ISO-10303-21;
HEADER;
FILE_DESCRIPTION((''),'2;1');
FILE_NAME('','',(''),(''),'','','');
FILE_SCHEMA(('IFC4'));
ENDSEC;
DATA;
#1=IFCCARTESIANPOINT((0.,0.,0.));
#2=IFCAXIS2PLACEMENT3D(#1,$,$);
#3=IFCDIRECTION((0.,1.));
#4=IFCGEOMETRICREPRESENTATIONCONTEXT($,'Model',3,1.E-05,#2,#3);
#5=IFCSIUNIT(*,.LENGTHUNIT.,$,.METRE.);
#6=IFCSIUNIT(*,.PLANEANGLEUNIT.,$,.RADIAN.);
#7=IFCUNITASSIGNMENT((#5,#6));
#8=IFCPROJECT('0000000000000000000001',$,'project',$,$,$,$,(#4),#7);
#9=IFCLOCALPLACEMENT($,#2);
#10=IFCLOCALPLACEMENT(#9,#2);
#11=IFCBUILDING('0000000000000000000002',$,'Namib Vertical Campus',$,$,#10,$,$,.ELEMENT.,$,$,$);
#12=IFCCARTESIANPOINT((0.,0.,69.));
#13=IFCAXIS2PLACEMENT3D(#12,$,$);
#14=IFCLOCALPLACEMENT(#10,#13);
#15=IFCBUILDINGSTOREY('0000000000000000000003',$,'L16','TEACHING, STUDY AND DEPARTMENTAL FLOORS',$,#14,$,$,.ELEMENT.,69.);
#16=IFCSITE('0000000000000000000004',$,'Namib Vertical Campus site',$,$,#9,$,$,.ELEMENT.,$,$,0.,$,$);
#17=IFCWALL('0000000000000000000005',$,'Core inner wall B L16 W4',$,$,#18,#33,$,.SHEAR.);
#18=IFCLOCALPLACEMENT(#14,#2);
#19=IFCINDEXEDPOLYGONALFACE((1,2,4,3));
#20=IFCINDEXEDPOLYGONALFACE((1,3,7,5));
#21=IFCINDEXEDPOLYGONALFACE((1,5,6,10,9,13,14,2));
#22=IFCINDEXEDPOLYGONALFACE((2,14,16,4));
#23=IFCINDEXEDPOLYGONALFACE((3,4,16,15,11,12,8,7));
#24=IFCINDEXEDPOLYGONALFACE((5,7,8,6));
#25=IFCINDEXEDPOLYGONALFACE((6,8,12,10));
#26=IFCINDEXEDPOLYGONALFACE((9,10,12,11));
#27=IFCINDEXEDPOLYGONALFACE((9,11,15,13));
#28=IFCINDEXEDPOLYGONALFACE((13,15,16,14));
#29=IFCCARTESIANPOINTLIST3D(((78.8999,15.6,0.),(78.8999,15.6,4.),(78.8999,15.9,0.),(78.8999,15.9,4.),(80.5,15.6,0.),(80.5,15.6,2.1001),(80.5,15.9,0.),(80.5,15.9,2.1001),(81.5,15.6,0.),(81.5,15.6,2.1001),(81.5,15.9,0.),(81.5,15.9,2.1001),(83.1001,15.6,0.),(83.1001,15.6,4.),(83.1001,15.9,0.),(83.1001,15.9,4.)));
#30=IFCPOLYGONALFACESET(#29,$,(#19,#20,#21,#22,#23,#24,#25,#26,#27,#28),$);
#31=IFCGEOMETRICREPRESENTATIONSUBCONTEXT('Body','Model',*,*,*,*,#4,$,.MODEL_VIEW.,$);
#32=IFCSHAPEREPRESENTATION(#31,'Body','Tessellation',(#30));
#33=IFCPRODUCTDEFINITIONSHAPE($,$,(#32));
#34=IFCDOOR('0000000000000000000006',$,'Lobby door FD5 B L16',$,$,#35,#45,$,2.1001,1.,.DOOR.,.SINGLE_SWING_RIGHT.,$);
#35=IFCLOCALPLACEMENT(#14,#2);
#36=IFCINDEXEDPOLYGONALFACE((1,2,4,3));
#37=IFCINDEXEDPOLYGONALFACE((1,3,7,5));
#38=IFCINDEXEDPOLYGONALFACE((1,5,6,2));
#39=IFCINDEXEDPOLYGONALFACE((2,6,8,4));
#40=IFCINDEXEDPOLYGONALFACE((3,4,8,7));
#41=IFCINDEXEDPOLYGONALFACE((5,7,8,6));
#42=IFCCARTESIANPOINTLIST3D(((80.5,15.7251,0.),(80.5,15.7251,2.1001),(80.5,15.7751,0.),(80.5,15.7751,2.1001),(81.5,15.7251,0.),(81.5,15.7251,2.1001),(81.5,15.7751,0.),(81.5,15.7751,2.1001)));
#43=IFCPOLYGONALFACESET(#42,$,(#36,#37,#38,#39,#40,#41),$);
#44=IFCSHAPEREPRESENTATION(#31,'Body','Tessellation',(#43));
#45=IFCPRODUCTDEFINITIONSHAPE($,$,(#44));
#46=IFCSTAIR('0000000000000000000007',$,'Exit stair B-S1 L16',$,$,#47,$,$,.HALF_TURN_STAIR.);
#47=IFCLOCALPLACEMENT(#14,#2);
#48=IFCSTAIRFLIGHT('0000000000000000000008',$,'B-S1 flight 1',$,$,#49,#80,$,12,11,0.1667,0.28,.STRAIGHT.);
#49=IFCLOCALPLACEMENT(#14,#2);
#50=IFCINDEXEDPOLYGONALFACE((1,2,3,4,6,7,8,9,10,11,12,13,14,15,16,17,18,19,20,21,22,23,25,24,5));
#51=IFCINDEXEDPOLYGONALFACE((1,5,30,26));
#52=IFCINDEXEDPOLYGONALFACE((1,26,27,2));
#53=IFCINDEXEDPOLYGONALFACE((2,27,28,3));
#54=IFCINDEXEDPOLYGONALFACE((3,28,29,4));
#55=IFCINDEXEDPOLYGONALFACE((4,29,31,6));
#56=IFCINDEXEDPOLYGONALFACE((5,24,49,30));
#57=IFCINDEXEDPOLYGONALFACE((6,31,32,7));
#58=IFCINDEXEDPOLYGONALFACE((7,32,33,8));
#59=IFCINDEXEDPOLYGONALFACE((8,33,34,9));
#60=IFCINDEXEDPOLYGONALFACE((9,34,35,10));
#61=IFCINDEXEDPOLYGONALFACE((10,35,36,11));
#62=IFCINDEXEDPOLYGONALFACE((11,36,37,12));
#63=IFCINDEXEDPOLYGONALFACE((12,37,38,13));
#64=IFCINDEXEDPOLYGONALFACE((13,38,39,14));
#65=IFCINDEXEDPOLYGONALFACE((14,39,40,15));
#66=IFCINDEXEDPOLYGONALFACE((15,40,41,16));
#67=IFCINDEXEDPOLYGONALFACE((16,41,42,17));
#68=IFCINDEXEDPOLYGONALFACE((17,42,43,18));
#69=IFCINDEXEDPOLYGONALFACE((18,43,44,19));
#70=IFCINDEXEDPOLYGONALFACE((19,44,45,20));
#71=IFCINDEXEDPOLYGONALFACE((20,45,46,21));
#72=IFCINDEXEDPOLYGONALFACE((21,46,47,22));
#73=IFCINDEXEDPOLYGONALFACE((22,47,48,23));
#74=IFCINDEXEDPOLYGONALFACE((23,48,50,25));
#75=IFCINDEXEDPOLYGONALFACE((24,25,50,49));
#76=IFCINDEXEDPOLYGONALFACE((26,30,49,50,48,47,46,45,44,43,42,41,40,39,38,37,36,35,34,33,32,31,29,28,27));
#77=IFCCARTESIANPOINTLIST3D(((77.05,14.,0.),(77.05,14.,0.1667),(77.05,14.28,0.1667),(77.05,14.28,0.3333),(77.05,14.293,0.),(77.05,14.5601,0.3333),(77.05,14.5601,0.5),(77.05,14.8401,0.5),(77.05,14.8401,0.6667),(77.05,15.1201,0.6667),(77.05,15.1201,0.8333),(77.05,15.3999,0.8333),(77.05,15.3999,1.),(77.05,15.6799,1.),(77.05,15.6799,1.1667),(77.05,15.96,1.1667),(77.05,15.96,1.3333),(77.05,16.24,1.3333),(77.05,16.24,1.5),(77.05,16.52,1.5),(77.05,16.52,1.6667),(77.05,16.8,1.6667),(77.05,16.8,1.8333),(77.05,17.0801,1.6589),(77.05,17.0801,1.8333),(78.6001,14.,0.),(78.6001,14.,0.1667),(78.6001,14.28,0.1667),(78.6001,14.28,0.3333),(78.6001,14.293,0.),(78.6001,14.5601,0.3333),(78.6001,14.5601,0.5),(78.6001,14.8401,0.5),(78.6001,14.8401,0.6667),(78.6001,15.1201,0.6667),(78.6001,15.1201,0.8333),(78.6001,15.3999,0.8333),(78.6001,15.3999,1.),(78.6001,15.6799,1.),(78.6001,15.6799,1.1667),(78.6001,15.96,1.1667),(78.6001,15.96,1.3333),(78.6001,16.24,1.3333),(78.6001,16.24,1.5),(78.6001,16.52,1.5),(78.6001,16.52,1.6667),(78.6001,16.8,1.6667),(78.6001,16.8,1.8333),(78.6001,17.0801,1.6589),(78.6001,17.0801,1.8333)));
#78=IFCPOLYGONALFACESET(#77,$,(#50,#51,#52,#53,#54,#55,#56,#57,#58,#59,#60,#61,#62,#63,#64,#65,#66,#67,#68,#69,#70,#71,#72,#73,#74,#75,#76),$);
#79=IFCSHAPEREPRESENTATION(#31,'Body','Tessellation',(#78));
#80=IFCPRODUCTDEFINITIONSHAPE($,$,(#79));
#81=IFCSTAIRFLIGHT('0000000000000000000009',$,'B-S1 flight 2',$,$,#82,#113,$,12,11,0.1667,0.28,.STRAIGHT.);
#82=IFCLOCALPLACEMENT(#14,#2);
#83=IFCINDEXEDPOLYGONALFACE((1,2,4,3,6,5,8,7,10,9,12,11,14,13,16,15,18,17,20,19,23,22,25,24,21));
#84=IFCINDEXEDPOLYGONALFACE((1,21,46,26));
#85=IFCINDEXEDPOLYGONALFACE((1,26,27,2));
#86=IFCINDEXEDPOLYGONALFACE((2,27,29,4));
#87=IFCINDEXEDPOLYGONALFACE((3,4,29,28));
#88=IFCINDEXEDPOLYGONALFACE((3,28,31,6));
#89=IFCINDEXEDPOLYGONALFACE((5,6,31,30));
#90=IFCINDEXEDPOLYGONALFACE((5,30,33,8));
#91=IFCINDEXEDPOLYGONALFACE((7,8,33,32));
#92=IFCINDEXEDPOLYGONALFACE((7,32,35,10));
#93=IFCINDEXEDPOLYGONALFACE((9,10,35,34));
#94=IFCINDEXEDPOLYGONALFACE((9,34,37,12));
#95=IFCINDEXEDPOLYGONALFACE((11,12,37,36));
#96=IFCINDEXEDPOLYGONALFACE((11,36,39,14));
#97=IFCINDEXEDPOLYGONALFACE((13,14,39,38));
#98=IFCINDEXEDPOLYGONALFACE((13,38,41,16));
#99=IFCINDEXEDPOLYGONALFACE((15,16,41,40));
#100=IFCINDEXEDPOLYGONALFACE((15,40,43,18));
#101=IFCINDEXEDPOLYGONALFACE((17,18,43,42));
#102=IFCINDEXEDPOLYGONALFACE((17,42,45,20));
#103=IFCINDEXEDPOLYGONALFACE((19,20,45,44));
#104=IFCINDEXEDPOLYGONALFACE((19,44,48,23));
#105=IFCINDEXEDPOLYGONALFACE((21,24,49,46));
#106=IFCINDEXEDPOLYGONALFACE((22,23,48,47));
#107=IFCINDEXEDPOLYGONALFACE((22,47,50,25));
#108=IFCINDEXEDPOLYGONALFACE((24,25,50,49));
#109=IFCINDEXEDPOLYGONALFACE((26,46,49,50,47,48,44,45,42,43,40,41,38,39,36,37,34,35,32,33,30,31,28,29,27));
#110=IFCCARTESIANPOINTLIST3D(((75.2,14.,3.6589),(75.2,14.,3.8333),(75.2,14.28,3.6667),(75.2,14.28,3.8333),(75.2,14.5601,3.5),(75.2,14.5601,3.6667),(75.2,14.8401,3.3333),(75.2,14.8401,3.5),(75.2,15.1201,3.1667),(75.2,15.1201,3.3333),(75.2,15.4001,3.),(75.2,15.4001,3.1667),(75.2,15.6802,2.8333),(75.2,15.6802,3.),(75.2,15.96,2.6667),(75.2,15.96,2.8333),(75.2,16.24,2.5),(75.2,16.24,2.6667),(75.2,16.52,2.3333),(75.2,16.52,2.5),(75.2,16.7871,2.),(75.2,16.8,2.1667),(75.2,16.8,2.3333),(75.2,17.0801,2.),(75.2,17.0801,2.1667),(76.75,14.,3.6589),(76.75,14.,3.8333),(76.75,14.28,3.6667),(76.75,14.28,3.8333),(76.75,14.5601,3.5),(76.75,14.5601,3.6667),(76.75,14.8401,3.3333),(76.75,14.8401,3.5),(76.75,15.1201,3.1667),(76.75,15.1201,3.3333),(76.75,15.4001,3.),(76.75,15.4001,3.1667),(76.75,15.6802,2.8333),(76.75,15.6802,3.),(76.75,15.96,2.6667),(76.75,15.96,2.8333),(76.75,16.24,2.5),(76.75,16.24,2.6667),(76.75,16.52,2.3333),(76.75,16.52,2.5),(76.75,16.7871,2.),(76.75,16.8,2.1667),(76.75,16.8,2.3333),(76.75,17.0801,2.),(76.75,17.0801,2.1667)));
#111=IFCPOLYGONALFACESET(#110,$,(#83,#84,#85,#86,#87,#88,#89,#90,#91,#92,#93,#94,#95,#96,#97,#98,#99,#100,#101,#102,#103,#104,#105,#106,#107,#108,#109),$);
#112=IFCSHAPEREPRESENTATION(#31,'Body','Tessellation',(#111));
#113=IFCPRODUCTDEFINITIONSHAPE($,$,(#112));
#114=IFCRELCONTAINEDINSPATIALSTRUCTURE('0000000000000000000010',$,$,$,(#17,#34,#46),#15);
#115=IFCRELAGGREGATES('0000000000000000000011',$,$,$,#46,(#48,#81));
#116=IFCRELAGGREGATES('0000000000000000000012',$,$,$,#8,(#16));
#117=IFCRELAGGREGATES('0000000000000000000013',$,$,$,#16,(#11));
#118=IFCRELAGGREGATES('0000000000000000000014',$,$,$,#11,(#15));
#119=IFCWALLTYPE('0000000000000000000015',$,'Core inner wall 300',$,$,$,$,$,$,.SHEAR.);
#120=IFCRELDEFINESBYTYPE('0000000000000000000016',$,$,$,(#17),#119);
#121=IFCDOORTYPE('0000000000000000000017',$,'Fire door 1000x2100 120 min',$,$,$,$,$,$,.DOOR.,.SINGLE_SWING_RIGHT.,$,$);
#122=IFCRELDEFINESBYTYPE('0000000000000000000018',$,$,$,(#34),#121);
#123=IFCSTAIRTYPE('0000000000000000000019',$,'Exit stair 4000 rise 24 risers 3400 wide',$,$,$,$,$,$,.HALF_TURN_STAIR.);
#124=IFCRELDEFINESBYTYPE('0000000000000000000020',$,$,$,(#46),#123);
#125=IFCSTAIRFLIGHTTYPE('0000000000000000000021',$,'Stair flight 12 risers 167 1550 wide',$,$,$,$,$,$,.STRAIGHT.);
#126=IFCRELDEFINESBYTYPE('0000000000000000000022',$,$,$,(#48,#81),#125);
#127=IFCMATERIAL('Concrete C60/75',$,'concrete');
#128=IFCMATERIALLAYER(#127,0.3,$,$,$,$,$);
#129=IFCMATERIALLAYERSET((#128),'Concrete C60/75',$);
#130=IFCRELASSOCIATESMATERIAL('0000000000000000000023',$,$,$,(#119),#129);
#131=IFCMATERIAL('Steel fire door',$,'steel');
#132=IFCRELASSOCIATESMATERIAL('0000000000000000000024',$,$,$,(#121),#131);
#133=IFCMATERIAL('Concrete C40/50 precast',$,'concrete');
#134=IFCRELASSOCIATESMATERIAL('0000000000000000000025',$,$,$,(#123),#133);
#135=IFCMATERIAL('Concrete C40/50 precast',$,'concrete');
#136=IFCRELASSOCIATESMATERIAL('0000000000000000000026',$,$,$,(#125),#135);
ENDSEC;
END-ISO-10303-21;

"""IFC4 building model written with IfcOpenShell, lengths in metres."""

from ifc_helpers import new_model, si_unit, direction, frame, frame_2d, origin, place, context, subcontext, project, spatial, polyline, rectangle, outline, extrude, material, layer, layer_set, type_object, element, fill, aggregate, save


model = new_model("IFC4")

# Units and contexts
model_context = context("Model", 3, precision=1e-05, world=origin(), true_north=direction((0.0, 1.0)))
body_context = subcontext(model_context, "Body", "Model", "MODEL_VIEW")
ifc_project = project(units=[si_unit("LENGTHUNIT", "METRE"), si_unit("PLANEANGLEUNIT", "RADIAN")], contexts=[model_context])

# Site, building, storey
site_placement = place(None, origin())
site = spatial("IfcSite", under=ifc_project, at=site_placement, Name="Namib Vertical Campus site", CompositionType="ELEMENT", RefElevation=0.0)
building_placement = place(site_placement, origin())
building = spatial("IfcBuilding", under=site, at=building_placement, Name="Namib Vertical Campus", CompositionType="ELEMENT")
storey_placement = place(building_placement, frame((0.0, 0.0, 69.0)))
storey = spatial("IfcBuildingStorey", under=building, at=storey_placement, Name="L16", Description="TEACHING, STUDY AND DEPARTMENTAL FLOORS", CompositionType="ELEMENT", Elevation=69.0)

# Shared definitions
ifc_material_1 = material(Name="Concrete C60/75", Category="concrete")
ifc_layer = layer(ifc_material_1, 0.3)
ifc_layer_set = layer_set([ifc_layer], Name="Concrete C60/75")
wall_type = type_object("IfcWallType", Name="Core inner wall 300", PredefinedType="SHEAR", material=ifc_layer_set)

# Wall, opening, door
wall_1_placement = place(storey_placement, frame((78.8999, 15.75, 0.0), z_axis=(0.0, 0.0, 1.0), x_axis=(1.0, 0.0, 0.0)))
wall_1 = element("IfcWall", 1, at=wall_1_placement, inside=storey, type_object=wall_type, Name="Core inner wall B L16 W4", PredefinedType="SHEAR", context=body_context, shape_type="SweptSolid", body=[
    extrude(rectangle(XDim=4.2002, YDim=0.3, at=frame_2d((2.1001, 0.0))), origin(), (0.0, 0.0, 1.0), 4.0),
])
opening_1_placement = place(wall_1_placement, frame((1.6001, 0.0, 0.0)))
opening_1 = element("IfcOpeningElement", 2, at=opening_1_placement, cuts=wall_1, PredefinedType="OPENING", context=body_context, shape_type="SweptSolid", body=[
    extrude(rectangle(XDim=1.0, YDim=2.1001, at=frame_2d((0.5, 1.05))), frame((0.0, 0.1599, 0.0), z_axis=(0.0, -1.0, 0.0), x_axis=(1.0, 0.0, 0.0)), (0.0, 0.0, 1.0), 0.3201),
])
ifc_material_2 = material(Name="Steel fire door", Category="steel")
door_type_1 = type_object("IfcDoorType", Name="Fire door 1000x2100 120 min", OperationType="SINGLE_SWING_RIGHT", PredefinedType="DOOR", material=ifc_material_2)
door_1_placement = place(opening_1_placement, frame((1.0, 0.0, 0.0), z_axis=(0.0, 0.0, 1.0), x_axis=(-1.0, 0.0, 0.0)))
door_1 = element("IfcDoor", 3, at=door_1_placement, inside=storey, type_object=door_type_1, Name="Lobby door FD5 B L16", OperationType="SINGLE_SWING_RIGHT", OverallHeight=2.1001, OverallWidth=1.0, PredefinedType="DOOR", context=body_context, shape_type="SweptSolid", body=[
    extrude(rectangle(XDim=1.0, YDim=2.1001, at=frame_2d((0.5, 1.05))), frame((0.0, 0.0249, 0.0), z_axis=(0.0, -1.0, 0.0), x_axis=(1.0, 0.0, 0.0)), (0.0, 0.0, 1.0), 0.05),
])
fill(opening_1, door_1)

# Stair, stair flights
ifc_material_3 = material(Name="Concrete C40/50 precast", Category="concrete")
stair_type = type_object("IfcStairType", Name="Exit stair 4000 rise 24 risers 3400 wide", PredefinedType="HALF_TURN_STAIR", material=ifc_material_3)
stair_placement = place(storey_placement, origin())
stair = element("IfcStair", 4, at=stair_placement, inside=storey, type_object=stair_type, Name="Exit stair B-S1 L16", PredefinedType="HALF_TURN_STAIR")
ifc_material_4 = material(Name="Concrete C40/50 precast", Category="concrete")
stair_flight_type = type_object("IfcStairFlightType", Name="Stair flight 12 risers 167 1550 wide", PredefinedType="STRAIGHT", material=ifc_material_4)
stair_flight_1_placement = place(storey_placement, frame((77.825, 14.0, 0.0), z_axis=(0.0, 0.0, 1.0), x_axis=(0.0, 1.0, 0.0)))
stair_flight_1 = element("IfcStairFlight", 5, at=stair_flight_1_placement, type_object=stair_flight_type, Name="B-S1 flight 1", NumberOfRisers=12, NumberOfTreads=11, PredefinedType="STRAIGHT", RiserHeight=0.1667, TreadLength=0.28, context=body_context, shape_type="SweptSolid", body=[
    extrude(outline(polyline([(0.0, 0.0), (0.0, 0.1667), (0.28, 0.1667), (0.28, 0.3333), (0.5601, 0.3333), (0.5601, 0.5), (0.8401, 0.5), (0.8401, 0.6667), (1.1201, 0.6667), (1.1201, 0.8333), (1.3999, 0.8333), (1.3999, 1.0), (1.6799, 1.0), (1.6799, 1.1667), (1.96, 1.1667), (1.96, 1.3333), (2.24, 1.3333), (2.24, 1.5), (2.52, 1.5), (2.52, 1.6667), (2.8, 1.6667), (2.8, 1.8333), (3.0801, 1.8333), (3.0801, 2.0), (3.0801, 1.6589), (0.293, 0.0), (0.0, 0.0)])), frame((0.0, 0.7749, 0.0), z_axis=(0.0, -1.0, 0.0), x_axis=(1.0, 0.0, 0.0)), (0.0, 0.0, 1.0), 1.55),
])
stair_flight_2_placement = place(storey_placement, frame((75.9751, 17.0801, 2.0), z_axis=(0.0, 0.0, 1.0), x_axis=(0.0, -1.0, 0.0)))
stair_flight_2 = element("IfcStairFlight", 6, at=stair_flight_2_placement, type_object=stair_flight_type, Name="B-S1 flight 2", NumberOfRisers=12, NumberOfTreads=11, PredefinedType="STRAIGHT", RiserHeight=0.1667, TreadLength=0.28, context=body_context, shape_type="SweptSolid", body=[
    extrude(outline(polyline([(0.0, 0.0), (0.0, 0.1667), (0.28, 0.1667), (0.28, 0.3333), (0.5601, 0.3333), (0.5601, 0.5), (0.8401, 0.5), (0.8401, 0.6667), (1.1201, 0.6667), (1.1201, 0.8333), (1.3999, 0.8333), (1.3999, 1.0), (1.6799, 1.0), (1.6799, 1.1667), (1.96, 1.1667), (1.96, 1.3333), (2.24, 1.3333), (2.24, 1.5), (2.52, 1.5), (2.52, 1.6667), (2.8, 1.6667), (2.8, 1.8333), (3.0801, 1.8333), (3.0801, 2.0), (3.0801, 1.6589), (0.293, 0.0), (0.0, 0.0)])), frame((0.0, 0.7749, 0.0), z_axis=(0.0, -1.0, 0.0), x_axis=(1.0, 0.0, 0.0)), (0.0, 0.0, 1.0), 1.55),
])
aggregate(stair, [stair_flight_1, stair_flight_2])

save(model, "model.ifc")
